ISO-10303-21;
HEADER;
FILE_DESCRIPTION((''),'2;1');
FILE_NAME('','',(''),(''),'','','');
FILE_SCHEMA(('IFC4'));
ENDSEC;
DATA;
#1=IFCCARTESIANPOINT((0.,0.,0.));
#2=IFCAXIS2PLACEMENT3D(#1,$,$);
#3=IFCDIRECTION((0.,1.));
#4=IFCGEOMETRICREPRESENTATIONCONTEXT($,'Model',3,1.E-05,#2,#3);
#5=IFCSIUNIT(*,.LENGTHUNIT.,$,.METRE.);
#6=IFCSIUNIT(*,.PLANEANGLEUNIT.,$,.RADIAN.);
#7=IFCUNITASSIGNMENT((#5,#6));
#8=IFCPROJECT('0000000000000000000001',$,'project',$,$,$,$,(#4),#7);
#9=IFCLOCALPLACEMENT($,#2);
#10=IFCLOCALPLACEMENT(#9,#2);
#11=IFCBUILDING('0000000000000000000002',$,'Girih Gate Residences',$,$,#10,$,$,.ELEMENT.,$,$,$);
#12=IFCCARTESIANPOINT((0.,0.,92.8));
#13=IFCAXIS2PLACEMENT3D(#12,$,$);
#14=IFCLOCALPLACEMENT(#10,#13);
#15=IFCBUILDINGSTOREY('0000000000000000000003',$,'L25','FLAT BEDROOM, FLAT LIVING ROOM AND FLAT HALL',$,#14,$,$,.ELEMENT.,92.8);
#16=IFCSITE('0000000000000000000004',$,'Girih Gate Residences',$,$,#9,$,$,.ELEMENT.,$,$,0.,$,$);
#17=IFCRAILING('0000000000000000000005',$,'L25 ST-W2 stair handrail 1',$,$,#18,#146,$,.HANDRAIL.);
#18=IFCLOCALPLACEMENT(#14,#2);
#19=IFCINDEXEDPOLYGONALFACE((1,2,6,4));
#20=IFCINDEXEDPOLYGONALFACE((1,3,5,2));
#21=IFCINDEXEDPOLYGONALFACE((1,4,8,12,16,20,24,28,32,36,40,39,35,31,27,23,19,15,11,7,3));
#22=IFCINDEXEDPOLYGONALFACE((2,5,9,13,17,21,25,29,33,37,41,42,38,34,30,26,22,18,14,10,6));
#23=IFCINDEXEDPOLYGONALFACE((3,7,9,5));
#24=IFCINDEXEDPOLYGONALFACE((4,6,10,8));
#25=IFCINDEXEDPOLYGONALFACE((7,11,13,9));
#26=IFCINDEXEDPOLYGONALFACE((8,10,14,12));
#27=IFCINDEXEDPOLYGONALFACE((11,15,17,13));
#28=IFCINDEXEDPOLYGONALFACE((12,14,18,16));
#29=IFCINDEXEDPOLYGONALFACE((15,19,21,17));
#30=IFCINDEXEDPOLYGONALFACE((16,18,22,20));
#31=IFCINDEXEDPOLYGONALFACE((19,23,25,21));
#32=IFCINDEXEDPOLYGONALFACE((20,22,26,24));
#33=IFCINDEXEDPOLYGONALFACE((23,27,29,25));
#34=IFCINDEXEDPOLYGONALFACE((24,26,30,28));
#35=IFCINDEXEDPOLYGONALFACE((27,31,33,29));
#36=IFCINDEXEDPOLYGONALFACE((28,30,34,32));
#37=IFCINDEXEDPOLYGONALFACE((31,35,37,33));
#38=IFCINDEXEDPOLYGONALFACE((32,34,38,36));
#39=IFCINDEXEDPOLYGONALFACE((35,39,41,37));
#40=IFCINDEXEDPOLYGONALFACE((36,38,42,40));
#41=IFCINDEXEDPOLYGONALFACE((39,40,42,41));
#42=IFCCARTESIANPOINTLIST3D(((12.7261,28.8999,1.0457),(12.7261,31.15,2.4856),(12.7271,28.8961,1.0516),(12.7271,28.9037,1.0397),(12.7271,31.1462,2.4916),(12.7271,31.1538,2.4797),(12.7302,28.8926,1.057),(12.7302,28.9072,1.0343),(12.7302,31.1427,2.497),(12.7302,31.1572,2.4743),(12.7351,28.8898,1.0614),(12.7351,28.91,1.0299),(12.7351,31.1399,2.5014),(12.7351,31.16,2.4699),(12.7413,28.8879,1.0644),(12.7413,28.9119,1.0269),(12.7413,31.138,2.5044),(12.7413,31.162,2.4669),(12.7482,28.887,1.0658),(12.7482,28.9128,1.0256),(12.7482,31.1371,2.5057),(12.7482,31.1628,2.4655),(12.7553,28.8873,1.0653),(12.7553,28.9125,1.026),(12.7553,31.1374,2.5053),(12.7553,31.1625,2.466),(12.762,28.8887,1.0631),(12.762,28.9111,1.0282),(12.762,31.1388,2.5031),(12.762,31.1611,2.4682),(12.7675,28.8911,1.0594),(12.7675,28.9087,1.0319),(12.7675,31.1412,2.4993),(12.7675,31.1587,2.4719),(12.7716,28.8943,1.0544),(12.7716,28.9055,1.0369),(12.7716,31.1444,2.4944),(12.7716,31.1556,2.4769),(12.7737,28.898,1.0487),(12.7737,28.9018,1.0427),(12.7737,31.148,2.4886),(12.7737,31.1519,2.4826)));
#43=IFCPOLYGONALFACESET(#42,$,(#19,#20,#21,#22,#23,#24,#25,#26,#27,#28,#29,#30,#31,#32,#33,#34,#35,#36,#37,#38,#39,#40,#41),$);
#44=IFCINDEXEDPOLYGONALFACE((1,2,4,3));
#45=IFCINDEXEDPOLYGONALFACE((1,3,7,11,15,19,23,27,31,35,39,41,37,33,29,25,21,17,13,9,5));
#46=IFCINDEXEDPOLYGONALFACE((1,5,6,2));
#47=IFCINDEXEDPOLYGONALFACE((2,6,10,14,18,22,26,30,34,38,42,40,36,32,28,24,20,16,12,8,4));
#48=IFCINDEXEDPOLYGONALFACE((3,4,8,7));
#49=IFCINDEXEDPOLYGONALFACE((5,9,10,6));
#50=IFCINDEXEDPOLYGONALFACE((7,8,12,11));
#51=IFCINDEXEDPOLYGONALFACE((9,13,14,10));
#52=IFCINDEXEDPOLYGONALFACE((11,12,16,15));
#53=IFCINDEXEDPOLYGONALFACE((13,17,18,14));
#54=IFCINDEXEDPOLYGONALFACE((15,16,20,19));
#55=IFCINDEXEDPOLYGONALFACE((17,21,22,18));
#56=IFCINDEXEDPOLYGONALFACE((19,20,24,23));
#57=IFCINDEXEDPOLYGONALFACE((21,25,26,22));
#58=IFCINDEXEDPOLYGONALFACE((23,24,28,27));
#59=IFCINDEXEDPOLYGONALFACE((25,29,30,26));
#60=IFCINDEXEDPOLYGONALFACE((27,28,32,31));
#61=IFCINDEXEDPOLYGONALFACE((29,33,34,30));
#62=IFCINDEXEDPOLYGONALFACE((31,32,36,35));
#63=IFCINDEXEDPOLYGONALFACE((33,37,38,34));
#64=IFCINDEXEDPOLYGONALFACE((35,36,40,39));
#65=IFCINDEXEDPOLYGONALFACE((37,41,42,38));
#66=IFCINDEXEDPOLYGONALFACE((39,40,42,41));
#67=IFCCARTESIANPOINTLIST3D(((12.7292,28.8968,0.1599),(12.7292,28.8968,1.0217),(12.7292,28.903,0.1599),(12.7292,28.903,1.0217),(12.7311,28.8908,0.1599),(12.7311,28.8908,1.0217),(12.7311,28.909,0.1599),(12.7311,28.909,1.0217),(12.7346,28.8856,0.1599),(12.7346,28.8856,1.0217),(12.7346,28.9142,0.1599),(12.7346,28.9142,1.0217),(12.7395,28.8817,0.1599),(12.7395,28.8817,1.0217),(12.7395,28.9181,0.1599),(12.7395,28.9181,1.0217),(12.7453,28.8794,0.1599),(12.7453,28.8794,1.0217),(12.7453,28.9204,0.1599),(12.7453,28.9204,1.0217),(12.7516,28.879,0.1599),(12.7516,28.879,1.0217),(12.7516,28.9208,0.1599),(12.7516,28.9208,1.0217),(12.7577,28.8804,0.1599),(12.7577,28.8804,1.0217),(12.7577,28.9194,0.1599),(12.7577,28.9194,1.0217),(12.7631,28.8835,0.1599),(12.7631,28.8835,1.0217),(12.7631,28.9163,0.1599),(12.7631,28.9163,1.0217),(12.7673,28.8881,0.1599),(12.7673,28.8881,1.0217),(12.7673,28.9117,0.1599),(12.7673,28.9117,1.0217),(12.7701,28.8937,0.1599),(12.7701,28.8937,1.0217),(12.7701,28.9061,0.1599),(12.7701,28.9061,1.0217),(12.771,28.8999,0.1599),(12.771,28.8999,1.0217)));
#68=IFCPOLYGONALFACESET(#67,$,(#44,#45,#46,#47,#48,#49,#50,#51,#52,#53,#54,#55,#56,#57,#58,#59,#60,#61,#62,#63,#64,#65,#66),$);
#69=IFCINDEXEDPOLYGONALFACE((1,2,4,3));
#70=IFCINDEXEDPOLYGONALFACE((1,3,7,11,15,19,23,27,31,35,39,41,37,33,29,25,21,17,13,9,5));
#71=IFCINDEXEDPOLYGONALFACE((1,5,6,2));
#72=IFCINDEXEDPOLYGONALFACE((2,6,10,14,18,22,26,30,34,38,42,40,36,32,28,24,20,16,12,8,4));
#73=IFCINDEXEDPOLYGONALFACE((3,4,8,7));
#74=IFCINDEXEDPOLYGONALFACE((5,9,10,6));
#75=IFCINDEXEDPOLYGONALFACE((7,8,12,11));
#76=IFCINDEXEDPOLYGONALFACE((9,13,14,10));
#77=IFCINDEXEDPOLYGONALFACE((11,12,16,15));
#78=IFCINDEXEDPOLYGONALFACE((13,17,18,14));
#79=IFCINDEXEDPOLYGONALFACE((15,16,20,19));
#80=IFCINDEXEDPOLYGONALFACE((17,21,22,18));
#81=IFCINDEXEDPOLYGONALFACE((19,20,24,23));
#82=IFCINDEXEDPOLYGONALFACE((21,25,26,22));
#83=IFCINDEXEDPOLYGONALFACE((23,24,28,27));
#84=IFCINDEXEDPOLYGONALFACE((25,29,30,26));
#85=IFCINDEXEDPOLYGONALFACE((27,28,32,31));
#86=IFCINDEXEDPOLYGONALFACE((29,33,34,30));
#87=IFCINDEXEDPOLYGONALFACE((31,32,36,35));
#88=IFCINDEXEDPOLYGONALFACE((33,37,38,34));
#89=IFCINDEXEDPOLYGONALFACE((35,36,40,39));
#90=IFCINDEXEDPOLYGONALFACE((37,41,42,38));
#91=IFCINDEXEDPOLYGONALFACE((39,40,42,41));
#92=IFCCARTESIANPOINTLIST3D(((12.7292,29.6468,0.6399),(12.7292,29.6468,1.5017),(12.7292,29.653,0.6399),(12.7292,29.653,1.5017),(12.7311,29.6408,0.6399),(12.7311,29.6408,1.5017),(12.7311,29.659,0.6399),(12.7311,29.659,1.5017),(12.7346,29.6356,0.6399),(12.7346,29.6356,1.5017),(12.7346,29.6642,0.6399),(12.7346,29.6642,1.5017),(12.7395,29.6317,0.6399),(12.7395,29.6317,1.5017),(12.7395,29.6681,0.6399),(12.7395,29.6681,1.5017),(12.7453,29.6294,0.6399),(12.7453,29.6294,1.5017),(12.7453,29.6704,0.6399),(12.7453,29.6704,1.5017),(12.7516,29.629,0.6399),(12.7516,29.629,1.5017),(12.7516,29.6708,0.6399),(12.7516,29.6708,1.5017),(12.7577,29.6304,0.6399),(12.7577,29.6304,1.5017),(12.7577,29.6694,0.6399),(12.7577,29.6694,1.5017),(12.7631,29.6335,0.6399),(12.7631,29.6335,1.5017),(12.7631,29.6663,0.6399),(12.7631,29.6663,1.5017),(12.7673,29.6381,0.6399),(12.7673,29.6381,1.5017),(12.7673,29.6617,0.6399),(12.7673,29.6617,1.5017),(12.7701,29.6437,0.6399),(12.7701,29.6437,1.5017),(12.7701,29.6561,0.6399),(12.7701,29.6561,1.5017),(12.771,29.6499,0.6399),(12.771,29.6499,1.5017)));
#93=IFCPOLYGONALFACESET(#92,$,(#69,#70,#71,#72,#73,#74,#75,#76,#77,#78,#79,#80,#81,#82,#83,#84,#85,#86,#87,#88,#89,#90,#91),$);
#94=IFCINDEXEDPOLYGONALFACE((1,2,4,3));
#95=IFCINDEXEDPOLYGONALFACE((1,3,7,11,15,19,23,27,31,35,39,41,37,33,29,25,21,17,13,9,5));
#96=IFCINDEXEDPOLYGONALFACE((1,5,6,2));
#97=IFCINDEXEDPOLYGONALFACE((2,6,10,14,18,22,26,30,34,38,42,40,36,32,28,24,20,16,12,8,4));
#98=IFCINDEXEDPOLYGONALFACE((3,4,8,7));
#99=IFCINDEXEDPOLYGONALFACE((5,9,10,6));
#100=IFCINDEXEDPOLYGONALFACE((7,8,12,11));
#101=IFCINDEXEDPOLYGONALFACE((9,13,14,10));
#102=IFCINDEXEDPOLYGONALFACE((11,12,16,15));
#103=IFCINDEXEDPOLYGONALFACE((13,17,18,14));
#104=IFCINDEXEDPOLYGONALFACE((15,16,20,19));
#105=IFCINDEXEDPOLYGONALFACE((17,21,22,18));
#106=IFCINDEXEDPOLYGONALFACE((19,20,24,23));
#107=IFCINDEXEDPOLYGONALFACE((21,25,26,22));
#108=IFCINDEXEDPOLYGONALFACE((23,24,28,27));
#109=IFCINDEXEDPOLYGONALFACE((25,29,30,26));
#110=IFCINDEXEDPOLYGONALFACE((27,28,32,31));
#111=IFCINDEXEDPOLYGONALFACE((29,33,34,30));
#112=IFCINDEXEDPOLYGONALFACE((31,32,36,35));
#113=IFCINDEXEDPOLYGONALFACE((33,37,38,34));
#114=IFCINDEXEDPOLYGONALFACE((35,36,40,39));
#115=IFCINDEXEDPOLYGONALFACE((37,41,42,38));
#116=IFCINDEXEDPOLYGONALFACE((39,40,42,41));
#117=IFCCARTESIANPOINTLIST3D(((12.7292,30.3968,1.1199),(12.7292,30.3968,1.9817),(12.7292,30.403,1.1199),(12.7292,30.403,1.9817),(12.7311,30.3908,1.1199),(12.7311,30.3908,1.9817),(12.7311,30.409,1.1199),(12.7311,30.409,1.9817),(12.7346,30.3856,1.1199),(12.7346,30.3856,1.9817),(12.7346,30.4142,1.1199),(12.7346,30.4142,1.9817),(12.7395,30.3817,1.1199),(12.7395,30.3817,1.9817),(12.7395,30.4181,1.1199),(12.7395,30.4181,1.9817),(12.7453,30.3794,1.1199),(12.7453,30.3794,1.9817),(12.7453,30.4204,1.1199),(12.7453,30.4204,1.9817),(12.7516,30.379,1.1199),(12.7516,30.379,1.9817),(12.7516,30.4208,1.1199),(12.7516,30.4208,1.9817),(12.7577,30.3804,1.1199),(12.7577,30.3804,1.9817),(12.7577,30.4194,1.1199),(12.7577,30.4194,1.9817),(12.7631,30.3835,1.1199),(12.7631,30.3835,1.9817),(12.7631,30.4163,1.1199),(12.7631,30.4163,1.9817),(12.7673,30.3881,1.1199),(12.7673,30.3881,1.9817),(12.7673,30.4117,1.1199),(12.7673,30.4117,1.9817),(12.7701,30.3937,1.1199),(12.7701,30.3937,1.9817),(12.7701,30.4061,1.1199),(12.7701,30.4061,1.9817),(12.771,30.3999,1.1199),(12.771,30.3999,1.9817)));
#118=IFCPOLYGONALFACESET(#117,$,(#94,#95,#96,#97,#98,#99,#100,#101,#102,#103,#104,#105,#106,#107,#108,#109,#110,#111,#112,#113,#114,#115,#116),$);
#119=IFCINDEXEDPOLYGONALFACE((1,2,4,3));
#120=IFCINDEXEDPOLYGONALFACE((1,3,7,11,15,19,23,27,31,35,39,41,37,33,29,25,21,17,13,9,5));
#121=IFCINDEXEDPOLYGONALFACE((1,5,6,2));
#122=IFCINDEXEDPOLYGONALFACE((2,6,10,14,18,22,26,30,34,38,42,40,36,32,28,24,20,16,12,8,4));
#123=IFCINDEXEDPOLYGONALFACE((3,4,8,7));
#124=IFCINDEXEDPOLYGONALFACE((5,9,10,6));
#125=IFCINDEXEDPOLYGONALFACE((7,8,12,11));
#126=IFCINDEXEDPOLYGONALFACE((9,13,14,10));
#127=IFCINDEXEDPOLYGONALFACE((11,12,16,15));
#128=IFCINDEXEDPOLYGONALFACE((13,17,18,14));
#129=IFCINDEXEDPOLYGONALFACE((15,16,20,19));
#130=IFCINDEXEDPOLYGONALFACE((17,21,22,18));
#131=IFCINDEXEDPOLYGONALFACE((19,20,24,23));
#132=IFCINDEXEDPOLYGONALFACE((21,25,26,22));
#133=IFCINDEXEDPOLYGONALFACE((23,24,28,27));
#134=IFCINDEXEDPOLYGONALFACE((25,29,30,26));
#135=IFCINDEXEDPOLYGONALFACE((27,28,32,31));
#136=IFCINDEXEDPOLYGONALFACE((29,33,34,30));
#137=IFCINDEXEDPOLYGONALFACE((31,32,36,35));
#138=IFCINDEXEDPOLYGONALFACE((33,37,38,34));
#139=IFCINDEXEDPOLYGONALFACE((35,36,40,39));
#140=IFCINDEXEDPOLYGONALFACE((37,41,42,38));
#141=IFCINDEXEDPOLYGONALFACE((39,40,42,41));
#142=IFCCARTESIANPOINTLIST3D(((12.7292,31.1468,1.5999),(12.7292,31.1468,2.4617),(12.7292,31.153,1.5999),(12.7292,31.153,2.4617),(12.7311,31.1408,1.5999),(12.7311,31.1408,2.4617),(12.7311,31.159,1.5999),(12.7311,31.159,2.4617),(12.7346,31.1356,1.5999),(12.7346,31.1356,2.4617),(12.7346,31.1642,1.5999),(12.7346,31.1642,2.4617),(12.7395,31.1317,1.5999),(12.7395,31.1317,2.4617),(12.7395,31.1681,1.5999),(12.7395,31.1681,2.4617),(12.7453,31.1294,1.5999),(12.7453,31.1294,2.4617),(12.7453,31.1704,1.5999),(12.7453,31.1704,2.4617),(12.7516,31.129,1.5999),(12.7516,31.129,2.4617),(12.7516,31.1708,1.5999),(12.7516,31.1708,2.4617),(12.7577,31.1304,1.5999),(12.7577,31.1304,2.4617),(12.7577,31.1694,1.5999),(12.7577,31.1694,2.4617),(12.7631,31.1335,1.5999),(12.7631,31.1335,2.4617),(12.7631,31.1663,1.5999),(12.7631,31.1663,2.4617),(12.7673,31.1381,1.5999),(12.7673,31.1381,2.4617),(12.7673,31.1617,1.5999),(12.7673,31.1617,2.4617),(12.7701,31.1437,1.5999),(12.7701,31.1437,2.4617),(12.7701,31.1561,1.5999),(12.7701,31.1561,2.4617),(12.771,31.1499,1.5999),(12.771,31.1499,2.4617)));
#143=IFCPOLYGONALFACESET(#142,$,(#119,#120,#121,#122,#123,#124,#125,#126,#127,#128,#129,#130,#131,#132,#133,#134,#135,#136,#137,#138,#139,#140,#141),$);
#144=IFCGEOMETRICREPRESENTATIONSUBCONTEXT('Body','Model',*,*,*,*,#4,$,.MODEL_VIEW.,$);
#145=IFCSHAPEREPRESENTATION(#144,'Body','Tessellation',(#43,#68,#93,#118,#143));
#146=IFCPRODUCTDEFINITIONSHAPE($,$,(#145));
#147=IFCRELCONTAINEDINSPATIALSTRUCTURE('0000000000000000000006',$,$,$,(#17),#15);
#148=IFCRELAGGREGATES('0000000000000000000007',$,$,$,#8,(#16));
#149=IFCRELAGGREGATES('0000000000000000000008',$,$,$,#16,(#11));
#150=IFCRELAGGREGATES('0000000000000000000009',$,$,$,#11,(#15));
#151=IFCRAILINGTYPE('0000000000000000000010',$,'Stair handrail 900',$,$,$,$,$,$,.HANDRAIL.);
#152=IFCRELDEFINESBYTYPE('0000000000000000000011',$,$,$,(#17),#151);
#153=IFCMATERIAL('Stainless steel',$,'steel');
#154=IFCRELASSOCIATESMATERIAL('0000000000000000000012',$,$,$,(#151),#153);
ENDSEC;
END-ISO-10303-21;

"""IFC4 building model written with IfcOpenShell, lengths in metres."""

from ifc_helpers import new_model, si_unit, direction, frame, origin, origin_2d, place, context, subcontext, project, spatial, circle, extrude, material, type_object, element, save


model = new_model("IFC4")

# Units and contexts
model_context = context("Model", 3, precision=1e-05, world=origin(), true_north=direction((0.0, 1.0)))
body_context = subcontext(model_context, "Body", "Model", "MODEL_VIEW")
ifc_project = project(units=[si_unit("LENGTHUNIT", "METRE"), si_unit("PLANEANGLEUNIT", "RADIAN")], contexts=[model_context])

# Site, building, storey
site_placement = place(None, origin())
site = spatial("IfcSite", under=ifc_project, at=site_placement, Name="Girih Gate Residences", CompositionType="ELEMENT", RefElevation=0.0)
building_placement = place(site_placement, origin())
building = spatial("IfcBuilding", under=site, at=building_placement, Name="Girih Gate Residences", CompositionType="ELEMENT")
storey_placement = place(building_placement, frame((0.0, 0.0, 92.8)))
storey = spatial("IfcBuildingStorey", under=building, at=storey_placement, Name="L25", Description="FLAT BEDROOM, FLAT LIVING ROOM AND FLAT HALL", CompositionType="ELEMENT", Elevation=92.8)

# Railing
ifc_material_1 = material(Name="Stainless steel", Category="steel")
railing_type_1 = type_object("IfcRailingType", Name="Stair handrail 900", PredefinedType="HANDRAIL", material=ifc_material_1)
railing_1_placement = place(storey_placement, frame((12.75, 28.8999, 0.1599)))
element("IfcRailing", 1, at=railing_1_placement, inside=storey, type_object=railing_type_1, Name="L25 ST-W2 stair handrail 1", PredefinedType="HANDRAIL", context=body_context, shape_type="SweptSolid", body=[
    extrude(circle(Radius=0.0239, at=origin_2d()), frame((0.0, 0.0, 0.8857), z_axis=(0.0, 0.842281, 0.539038), x_axis=(-1.0, 0.0, 0.0)), (0.0, 0.0, 1.0), 2.6714),
    extrude(circle(Radius=0.021, at=origin_2d()), origin(), (0.0, 0.0, 1.0), 0.8618),
    extrude(circle(Radius=0.021, at=origin_2d()), frame((0.0, 0.75, 0.48)), (0.0, 0.0, 1.0), 0.8618),
    extrude(circle(Radius=0.021, at=origin_2d()), frame((0.0, 1.5, 0.96)), (0.0, 0.0, 1.0), 0.8618),
    extrude(circle(Radius=0.021, at=origin_2d()), frame((0.0, 2.25, 1.4399)), (0.0, 0.0, 1.0), 0.8618),
])

save(model, "model.ifc")
